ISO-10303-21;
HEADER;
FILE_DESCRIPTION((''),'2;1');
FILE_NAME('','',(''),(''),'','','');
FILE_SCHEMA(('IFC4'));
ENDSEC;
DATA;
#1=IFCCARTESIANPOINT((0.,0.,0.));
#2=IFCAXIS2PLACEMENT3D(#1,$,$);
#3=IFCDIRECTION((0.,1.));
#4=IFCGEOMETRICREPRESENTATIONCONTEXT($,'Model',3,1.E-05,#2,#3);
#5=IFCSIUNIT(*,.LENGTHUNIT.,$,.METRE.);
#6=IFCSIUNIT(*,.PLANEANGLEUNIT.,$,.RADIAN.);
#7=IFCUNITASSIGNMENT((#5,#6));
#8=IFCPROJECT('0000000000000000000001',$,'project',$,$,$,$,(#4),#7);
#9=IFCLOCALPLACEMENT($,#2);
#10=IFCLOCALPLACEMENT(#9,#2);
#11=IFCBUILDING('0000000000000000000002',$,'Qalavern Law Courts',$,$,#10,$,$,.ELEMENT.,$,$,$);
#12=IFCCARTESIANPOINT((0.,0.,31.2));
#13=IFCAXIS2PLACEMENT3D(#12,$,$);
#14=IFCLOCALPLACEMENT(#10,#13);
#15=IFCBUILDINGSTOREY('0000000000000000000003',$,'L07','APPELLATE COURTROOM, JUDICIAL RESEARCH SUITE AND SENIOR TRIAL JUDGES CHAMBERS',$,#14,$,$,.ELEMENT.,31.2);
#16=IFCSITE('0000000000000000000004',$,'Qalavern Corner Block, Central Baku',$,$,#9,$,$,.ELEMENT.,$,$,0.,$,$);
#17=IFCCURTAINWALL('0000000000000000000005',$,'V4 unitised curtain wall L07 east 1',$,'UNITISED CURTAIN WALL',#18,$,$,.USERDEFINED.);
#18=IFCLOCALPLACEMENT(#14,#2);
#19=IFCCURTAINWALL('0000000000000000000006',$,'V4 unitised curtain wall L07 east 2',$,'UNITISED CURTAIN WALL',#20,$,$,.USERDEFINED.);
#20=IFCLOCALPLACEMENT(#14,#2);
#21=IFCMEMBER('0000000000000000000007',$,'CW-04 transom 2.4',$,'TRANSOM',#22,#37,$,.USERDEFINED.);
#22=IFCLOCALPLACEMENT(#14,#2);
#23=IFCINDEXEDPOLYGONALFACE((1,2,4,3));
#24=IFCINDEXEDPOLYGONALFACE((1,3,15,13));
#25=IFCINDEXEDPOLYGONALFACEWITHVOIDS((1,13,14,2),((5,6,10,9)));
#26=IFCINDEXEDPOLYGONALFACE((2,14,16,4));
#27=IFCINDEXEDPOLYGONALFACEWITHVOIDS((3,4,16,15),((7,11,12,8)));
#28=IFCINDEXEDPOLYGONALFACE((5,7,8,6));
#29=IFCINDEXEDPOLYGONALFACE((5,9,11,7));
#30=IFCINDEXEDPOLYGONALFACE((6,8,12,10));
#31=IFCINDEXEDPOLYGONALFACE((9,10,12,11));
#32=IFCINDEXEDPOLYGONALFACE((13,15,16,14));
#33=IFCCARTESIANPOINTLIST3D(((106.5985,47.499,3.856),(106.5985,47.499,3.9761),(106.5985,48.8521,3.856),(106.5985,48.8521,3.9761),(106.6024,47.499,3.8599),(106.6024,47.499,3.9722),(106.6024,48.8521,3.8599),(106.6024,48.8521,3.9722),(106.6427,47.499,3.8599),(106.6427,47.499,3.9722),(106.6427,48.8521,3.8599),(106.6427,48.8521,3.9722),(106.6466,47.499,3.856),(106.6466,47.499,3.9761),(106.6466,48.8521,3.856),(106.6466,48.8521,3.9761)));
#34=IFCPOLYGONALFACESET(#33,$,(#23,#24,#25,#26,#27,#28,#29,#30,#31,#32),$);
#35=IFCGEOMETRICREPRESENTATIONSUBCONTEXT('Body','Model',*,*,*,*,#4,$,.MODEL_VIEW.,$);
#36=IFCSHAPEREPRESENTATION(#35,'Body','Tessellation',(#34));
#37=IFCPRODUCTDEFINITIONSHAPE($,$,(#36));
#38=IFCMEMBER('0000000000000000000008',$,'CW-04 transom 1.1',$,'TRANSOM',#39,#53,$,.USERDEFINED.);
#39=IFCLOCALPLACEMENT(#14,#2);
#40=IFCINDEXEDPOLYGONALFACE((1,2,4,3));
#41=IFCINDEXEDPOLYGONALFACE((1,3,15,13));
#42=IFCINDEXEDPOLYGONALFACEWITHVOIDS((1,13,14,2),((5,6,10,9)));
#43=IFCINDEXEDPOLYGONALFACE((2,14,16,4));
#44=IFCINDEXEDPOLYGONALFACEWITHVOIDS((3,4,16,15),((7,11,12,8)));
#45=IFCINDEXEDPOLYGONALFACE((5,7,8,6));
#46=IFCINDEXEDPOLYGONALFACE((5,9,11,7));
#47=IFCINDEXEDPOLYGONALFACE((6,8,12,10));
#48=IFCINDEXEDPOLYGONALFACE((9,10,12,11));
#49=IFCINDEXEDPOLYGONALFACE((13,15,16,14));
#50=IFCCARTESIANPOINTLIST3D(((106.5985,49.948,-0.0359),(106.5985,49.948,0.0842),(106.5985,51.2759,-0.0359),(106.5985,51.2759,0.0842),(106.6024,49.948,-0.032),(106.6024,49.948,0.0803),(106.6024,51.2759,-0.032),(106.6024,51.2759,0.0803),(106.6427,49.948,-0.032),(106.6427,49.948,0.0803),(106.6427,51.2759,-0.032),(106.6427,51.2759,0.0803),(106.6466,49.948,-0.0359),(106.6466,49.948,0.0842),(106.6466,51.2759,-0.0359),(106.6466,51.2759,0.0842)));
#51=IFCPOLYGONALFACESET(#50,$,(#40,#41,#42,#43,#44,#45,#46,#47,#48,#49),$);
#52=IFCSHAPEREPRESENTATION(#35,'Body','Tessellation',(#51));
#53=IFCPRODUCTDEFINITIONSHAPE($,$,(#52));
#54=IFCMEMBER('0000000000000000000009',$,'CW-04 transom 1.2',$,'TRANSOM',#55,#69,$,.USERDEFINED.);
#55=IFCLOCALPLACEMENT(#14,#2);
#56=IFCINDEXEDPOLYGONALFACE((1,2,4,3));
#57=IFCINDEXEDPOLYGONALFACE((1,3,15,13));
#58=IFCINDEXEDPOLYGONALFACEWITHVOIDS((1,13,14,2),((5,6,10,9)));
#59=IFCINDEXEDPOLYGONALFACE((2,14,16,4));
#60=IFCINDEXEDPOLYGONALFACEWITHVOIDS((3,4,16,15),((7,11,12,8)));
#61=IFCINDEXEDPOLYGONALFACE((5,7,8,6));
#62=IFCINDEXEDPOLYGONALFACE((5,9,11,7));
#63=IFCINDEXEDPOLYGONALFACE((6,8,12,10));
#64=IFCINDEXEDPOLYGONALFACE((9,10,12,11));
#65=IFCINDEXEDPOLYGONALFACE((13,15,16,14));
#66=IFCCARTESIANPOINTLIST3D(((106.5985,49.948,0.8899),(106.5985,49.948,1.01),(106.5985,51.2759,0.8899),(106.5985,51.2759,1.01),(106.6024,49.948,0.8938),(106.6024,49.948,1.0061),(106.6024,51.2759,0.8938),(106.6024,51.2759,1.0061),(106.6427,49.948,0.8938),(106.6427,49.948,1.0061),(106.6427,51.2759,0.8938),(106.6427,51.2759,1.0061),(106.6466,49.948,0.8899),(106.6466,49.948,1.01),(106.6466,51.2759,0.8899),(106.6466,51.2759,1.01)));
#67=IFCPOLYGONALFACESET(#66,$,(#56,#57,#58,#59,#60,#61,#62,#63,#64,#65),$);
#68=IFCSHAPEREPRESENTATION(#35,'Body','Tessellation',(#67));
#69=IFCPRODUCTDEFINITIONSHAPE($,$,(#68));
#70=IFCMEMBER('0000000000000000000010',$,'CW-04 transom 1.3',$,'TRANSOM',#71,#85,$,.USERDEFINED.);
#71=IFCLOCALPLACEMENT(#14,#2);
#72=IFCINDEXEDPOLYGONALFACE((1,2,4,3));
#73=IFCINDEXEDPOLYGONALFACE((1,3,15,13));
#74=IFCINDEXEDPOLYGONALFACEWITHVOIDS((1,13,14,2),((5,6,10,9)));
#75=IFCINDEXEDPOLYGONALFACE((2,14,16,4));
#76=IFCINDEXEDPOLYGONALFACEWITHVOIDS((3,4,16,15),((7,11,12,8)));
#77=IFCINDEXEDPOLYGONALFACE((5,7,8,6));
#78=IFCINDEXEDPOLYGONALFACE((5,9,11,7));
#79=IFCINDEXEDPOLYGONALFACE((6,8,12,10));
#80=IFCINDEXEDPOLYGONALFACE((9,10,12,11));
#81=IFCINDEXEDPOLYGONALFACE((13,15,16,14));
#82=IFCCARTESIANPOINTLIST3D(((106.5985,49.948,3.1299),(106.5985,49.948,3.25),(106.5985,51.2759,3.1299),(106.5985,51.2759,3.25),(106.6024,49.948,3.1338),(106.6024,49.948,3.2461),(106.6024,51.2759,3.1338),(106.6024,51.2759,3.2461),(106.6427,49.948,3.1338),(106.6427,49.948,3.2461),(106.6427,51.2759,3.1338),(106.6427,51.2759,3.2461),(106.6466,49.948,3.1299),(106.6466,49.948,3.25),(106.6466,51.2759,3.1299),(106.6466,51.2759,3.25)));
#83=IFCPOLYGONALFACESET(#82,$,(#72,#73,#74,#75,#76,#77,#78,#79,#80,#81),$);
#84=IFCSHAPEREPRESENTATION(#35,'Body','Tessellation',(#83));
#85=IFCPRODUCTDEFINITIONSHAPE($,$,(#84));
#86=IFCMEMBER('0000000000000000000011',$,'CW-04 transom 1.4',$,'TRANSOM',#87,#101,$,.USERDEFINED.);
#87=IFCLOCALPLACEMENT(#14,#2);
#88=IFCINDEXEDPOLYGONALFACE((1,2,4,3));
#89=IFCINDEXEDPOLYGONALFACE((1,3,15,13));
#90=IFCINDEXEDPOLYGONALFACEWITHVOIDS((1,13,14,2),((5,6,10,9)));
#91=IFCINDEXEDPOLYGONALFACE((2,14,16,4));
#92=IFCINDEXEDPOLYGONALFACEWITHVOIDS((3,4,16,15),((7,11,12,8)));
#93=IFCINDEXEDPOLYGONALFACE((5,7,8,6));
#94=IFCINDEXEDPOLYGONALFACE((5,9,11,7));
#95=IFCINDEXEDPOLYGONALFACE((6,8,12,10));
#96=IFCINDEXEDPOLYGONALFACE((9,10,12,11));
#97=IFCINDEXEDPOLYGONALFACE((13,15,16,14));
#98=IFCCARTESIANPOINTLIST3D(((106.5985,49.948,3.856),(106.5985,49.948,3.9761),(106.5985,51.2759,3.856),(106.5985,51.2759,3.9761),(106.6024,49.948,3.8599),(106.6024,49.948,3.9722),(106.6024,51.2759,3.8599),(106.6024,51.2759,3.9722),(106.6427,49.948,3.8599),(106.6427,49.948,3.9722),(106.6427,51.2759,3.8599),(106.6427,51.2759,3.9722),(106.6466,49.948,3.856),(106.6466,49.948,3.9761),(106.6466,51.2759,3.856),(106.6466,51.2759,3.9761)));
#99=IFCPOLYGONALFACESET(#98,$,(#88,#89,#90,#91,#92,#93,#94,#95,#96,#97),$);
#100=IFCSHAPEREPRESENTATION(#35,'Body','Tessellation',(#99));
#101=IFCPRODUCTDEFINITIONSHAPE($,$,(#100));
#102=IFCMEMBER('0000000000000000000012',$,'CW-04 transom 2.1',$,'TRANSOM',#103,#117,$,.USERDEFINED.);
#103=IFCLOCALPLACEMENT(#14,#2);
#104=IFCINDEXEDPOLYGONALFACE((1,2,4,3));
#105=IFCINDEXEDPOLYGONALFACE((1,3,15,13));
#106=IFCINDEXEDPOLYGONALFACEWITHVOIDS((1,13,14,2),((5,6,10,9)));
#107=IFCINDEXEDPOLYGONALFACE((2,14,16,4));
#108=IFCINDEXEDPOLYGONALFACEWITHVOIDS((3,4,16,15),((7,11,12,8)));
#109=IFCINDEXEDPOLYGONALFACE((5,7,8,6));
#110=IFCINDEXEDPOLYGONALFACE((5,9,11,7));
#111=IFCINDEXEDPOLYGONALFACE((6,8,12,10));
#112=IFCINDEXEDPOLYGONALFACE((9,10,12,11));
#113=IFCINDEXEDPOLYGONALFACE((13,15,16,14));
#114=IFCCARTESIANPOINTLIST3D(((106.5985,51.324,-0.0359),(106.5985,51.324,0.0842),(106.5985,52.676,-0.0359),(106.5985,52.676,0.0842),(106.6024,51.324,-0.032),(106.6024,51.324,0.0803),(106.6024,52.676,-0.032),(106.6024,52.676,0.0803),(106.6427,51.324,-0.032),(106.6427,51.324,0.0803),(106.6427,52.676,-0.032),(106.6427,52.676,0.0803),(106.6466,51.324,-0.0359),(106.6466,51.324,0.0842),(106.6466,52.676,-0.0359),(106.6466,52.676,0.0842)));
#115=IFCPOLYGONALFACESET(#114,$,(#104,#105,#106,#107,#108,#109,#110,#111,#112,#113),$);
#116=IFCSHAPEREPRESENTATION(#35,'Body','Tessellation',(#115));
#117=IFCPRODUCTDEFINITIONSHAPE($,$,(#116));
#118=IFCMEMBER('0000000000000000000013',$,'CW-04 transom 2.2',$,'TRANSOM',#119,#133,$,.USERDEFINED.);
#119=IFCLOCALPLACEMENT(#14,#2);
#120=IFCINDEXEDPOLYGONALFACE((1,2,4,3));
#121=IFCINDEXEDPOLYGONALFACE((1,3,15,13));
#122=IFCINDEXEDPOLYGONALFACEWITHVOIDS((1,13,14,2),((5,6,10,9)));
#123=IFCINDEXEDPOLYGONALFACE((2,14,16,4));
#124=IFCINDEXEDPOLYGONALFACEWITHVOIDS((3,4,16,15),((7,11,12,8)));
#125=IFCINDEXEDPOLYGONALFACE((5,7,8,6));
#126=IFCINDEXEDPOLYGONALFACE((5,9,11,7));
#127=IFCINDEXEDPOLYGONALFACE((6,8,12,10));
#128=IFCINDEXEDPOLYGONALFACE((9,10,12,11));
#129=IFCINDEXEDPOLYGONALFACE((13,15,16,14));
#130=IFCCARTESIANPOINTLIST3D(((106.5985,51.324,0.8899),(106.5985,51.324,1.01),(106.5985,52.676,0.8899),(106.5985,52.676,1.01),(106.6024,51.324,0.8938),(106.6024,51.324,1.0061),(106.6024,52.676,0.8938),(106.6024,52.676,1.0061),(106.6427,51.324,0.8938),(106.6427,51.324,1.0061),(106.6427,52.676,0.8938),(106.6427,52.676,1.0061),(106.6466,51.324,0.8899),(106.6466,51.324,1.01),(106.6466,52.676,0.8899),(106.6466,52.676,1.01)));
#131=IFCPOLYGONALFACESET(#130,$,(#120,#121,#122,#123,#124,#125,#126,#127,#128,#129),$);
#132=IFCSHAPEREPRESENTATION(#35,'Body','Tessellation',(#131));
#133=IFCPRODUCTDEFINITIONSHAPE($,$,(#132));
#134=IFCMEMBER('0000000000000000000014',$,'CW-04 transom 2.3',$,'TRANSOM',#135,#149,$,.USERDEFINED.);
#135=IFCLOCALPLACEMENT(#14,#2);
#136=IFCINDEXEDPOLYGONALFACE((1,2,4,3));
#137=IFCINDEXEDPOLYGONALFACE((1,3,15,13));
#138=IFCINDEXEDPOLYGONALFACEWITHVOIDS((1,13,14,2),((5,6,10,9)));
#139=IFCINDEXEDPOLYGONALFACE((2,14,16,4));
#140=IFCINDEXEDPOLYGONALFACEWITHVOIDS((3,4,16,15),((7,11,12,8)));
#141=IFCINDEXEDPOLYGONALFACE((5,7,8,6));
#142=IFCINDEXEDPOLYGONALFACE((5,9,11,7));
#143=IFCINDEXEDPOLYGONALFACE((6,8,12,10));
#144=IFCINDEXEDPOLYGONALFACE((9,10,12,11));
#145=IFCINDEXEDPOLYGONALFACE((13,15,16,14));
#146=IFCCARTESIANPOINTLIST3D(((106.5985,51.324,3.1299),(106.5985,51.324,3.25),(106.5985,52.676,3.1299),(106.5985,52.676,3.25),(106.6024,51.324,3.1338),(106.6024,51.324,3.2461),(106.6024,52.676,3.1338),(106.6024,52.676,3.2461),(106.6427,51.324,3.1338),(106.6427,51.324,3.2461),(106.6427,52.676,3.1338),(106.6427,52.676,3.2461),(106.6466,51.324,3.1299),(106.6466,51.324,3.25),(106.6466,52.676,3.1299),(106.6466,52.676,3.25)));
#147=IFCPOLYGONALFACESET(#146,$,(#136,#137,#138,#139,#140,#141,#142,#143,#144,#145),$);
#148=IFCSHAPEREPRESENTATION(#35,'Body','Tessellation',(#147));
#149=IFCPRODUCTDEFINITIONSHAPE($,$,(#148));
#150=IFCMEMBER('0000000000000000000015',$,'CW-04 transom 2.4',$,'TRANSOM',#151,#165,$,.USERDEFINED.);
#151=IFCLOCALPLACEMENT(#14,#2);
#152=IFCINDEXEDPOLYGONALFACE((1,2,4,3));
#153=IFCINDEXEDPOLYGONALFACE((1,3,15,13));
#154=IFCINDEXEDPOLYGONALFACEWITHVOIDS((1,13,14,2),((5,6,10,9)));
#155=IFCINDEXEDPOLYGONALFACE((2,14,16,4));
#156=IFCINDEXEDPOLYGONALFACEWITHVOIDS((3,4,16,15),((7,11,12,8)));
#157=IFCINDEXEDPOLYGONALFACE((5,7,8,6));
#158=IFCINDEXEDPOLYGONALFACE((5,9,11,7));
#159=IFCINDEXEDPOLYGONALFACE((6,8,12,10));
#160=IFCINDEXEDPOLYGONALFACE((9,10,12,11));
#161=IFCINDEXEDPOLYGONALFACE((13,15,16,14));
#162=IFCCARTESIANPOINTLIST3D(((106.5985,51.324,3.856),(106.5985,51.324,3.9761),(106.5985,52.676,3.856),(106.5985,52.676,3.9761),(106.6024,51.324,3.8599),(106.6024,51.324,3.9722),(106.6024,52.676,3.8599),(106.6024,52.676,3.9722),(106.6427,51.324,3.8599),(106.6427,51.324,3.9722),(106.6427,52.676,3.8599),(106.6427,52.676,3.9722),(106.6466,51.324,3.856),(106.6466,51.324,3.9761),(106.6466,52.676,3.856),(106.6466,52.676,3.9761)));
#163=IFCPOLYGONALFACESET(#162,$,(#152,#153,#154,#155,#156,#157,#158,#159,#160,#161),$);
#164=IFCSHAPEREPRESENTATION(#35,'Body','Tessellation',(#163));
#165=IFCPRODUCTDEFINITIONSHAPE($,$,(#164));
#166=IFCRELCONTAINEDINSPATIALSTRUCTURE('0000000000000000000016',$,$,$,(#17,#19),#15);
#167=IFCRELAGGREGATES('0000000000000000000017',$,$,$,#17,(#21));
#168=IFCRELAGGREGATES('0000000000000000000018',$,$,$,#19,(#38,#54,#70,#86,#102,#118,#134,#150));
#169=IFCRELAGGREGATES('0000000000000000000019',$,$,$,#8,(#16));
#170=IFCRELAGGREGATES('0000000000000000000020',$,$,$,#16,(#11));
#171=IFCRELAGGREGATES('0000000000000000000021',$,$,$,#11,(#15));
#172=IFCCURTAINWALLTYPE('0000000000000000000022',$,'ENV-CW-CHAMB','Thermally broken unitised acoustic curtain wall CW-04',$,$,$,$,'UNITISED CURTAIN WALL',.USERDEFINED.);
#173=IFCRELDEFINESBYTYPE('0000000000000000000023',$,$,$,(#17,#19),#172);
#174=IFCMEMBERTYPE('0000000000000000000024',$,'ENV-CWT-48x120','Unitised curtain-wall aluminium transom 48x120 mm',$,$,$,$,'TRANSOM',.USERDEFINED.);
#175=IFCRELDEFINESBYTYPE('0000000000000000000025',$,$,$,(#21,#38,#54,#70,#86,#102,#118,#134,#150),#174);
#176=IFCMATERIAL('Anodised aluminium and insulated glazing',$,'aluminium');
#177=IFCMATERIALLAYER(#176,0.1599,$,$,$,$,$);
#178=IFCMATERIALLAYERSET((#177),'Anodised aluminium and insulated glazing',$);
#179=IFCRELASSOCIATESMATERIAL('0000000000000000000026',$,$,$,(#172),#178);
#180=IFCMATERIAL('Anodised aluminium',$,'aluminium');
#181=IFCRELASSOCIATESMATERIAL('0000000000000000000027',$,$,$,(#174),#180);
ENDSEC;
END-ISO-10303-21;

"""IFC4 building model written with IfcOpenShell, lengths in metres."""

from ifc_helpers import new_model, si_unit, direction, frame, origin, origin_2d, place, context, subcontext, project, spatial, hollow_rectangle, extrude, material, layer, layer_set, material_profile, profile_set, type_object, element, aggregate, save


model = new_model("IFC4")

# Units and contexts
model_context = context("Model", 3, precision=1e-05, world=origin(), true_north=direction((0.0, 1.0)))
body_context = subcontext(model_context, "Body", "Model", "MODEL_VIEW")
ifc_project = project(units=[si_unit("LENGTHUNIT", "METRE"), si_unit("PLANEANGLEUNIT", "RADIAN")], contexts=[model_context])

# Site, building, storey
site_placement = place(None, origin())
site = spatial("IfcSite", under=ifc_project, at=site_placement, Name="Qalavern Corner Block, Central Baku", CompositionType="ELEMENT", RefElevation=0.0)
building_placement = place(site_placement, origin())
building = spatial("IfcBuilding", under=site, at=building_placement, Name="Qalavern Law Courts", CompositionType="ELEMENT")
storey_placement = place(building_placement, frame((0.0, 0.0, 31.2)))
storey = spatial("IfcBuildingStorey", under=building, at=storey_placement, Name="L07", Description="APPELLATE COURTROOM, JUDICIAL RESEARCH SUITE AND SENIOR TRIAL JUDGES CHAMBERS", CompositionType="ELEMENT", Elevation=31.2)

# Curtain walls
ifc_material_1 = material(Name="Anodised aluminium and insulated glazing", Category="aluminium")
ifc_layer_1 = layer(ifc_material_1, 0.1599)
ifc_layer_set_1 = layer_set([ifc_layer_1], Name="Anodised aluminium and insulated glazing")
curtain_wall_type = type_object("IfcCurtainWallType", Name="ENV-CW-CHAMB", Description="Thermally broken unitised acoustic curtain wall CW-04", ElementType="UNITISED CURTAIN WALL", PredefinedType="USERDEFINED", material=ifc_layer_set_1)
curtain_wall_1_placement = place(storey_placement, origin())
curtain_wall_1 = element("IfcCurtainWall", 1, at=curtain_wall_1_placement, inside=storey, type_object=curtain_wall_type, Name="V4 unitised curtain wall L07 east 1", ObjectType="UNITISED CURTAIN WALL", PredefinedType="USERDEFINED")
ifc_material_2 = material(Name="Anodised aluminium", Category="aluminium")
curtain_wall_2_placement = place(storey_placement, origin())
curtain_wall_2 = element("IfcCurtainWall", 2, at=curtain_wall_2_placement, inside=storey, type_object=curtain_wall_type, Name="V4 unitised curtain wall L07 east 2", ObjectType="UNITISED CURTAIN WALL", PredefinedType="USERDEFINED")

# Members
ifc_material_profile_1 = material_profile(ifc_material_2, hollow_rectangle(XDim=0.0481, YDim=0.1201, WallThickness=0.0039, at=origin_2d()), Name="ALU TRANSOM 48x120")
ifc_profile_set_1 = profile_set([ifc_material_profile_1], Name="Anodised aluminium")
member_type_1 = type_object("IfcMemberType", Name="ENV-CWT-48x120", Description="Unitised curtain-wall aluminium transom 48x120 mm", ElementType="TRANSOM", PredefinedType="USERDEFINED", material=ifc_profile_set_1)
member_1_placement = place(storey_placement, frame((106.6226, 47.499, 3.916), z_axis=(0.0, 1.0, 0.0), x_axis=(-1.0, 0.0, 0.0)))
member_1 = element("IfcMember", 3, at=member_1_placement, type_object=member_type_1, Name="CW-04 transom 2.4", ObjectType="TRANSOM", PredefinedType="USERDEFINED", context=body_context, shape_type="SweptSolid", body=[
    extrude(hollow_rectangle(XDim=0.0481, YDim=0.1201, WallThickness=0.0039, at=origin_2d()), origin(), (0.0, 0.0, 1.0), 1.353),
])
member_2_placement = place(storey_placement, frame((106.6226, 49.948, 0.0242), z_axis=(0.0, 1.0, 0.0), x_axis=(-1.0, 0.0, 0.0)))
member_2 = element("IfcMember", 4, at=member_2_placement, type_object=member_type_1, Name="CW-04 transom 1.1", ObjectType="TRANSOM", PredefinedType="USERDEFINED", context=body_context, shape_type="SweptSolid", body=[
    extrude(hollow_rectangle(XDim=0.0481, YDim=0.1201, WallThickness=0.0039, at=origin_2d()), origin(), (0.0, 0.0, 1.0), 1.3279),
])
member_3_placement = place(storey_placement, frame((106.6226, 49.948, 0.95), z_axis=(0.0, 1.0, 0.0), x_axis=(-1.0, 0.0, 0.0)))
member_3 = element("IfcMember", 5, at=member_3_placement, type_object=member_type_1, Name="CW-04 transom 1.2", ObjectType="TRANSOM", PredefinedType="USERDEFINED", context=body_context, shape_type="SweptSolid", body=[
    extrude(hollow_rectangle(XDim=0.0481, YDim=0.1201, WallThickness=0.0039, at=origin_2d()), origin(), (0.0, 0.0, 1.0), 1.3279),
])
member_4_placement = place(storey_placement, frame((106.6226, 49.948, 3.1899), z_axis=(0.0, 1.0, 0.0), x_axis=(-1.0, 0.0, 0.0)))
member_4 = element("IfcMember", 6, at=member_4_placement, type_object=member_type_1, Name="CW-04 transom 1.3", ObjectType="TRANSOM", PredefinedType="USERDEFINED", context=body_context, shape_type="SweptSolid", body=[
    extrude(hollow_rectangle(XDim=0.0481, YDim=0.1201, WallThickness=0.0039, at=origin_2d()), origin(), (0.0, 0.0, 1.0), 1.3279),
])
member_5_placement = place(storey_placement, frame((106.6226, 49.948, 3.916), z_axis=(0.0, 1.0, 0.0), x_axis=(-1.0, 0.0, 0.0)))
member_5 = element("IfcMember", 7, at=member_5_placement, type_object=member_type_1, Name="CW-04 transom 1.4", ObjectType="TRANSOM", PredefinedType="USERDEFINED", context=body_context, shape_type="SweptSolid", body=[
    extrude(hollow_rectangle(XDim=0.0481, YDim=0.1201, WallThickness=0.0039, at=origin_2d()), origin(), (0.0, 0.0, 1.0), 1.3279),
])
member_6_placement = place(storey_placement, frame((106.6226, 51.324, 0.0242), z_axis=(0.0, 1.0, 0.0), x_axis=(-1.0, 0.0, 0.0)))
member_6 = element("IfcMember", 8, at=member_6_placement, type_object=member_type_1, Name="CW-04 transom 2.1", ObjectType="TRANSOM", PredefinedType="USERDEFINED", context=body_context, shape_type="SweptSolid", body=[
    extrude(hollow_rectangle(XDim=0.0481, YDim=0.1201, WallThickness=0.0039, at=origin_2d()), origin(), (0.0, 0.0, 1.0), 1.3521),
])
member_7_placement = place(storey_placement, frame((106.6226, 51.324, 0.95), z_axis=(0.0, 1.0, 0.0), x_axis=(-1.0, 0.0, 0.0)))
member_7 = element("IfcMember", 9, at=member_7_placement, type_object=member_type_1, Name="CW-04 transom 2.2", ObjectType="TRANSOM", PredefinedType="USERDEFINED", context=body_context, shape_type="SweptSolid", body=[
    extrude(hollow_rectangle(XDim=0.0481, YDim=0.1201, WallThickness=0.0039, at=origin_2d()), origin(), (0.0, 0.0, 1.0), 1.3521),
])
member_8_placement = place(storey_placement, frame((106.6226, 51.324, 3.1899), z_axis=(0.0, 1.0, 0.0), x_axis=(-1.0, 0.0, 0.0)))
member_8 = element("IfcMember", 10, at=member_8_placement, type_object=member_type_1, Name="CW-04 transom 2.3", ObjectType="TRANSOM", PredefinedType="USERDEFINED", context=body_context, shape_type="SweptSolid", body=[
    extrude(hollow_rectangle(XDim=0.0481, YDim=0.1201, WallThickness=0.0039, at=origin_2d()), origin(), (0.0, 0.0, 1.0), 1.3521),
])
member_9_placement = place(storey_placement, frame((106.6226, 51.324, 3.916), z_axis=(0.0, 1.0, 0.0), x_axis=(-1.0, 0.0, 0.0)))
member_9 = element("IfcMember", 11, at=member_9_placement, type_object=member_type_1, Name="CW-04 transom 2.4", ObjectType="TRANSOM", PredefinedType="USERDEFINED", context=body_context, shape_type="SweptSolid", body=[
    extrude(hollow_rectangle(XDim=0.0481, YDim=0.1201, WallThickness=0.0039, at=origin_2d()), origin(), (0.0, 0.0, 1.0), 1.3521),
])

aggregate(curtain_wall_1, [member_1])
aggregate(curtain_wall_2, [member_2, member_3, member_4, member_5, member_6, member_7, member_8, member_9])

save(model, "model.ifc")
